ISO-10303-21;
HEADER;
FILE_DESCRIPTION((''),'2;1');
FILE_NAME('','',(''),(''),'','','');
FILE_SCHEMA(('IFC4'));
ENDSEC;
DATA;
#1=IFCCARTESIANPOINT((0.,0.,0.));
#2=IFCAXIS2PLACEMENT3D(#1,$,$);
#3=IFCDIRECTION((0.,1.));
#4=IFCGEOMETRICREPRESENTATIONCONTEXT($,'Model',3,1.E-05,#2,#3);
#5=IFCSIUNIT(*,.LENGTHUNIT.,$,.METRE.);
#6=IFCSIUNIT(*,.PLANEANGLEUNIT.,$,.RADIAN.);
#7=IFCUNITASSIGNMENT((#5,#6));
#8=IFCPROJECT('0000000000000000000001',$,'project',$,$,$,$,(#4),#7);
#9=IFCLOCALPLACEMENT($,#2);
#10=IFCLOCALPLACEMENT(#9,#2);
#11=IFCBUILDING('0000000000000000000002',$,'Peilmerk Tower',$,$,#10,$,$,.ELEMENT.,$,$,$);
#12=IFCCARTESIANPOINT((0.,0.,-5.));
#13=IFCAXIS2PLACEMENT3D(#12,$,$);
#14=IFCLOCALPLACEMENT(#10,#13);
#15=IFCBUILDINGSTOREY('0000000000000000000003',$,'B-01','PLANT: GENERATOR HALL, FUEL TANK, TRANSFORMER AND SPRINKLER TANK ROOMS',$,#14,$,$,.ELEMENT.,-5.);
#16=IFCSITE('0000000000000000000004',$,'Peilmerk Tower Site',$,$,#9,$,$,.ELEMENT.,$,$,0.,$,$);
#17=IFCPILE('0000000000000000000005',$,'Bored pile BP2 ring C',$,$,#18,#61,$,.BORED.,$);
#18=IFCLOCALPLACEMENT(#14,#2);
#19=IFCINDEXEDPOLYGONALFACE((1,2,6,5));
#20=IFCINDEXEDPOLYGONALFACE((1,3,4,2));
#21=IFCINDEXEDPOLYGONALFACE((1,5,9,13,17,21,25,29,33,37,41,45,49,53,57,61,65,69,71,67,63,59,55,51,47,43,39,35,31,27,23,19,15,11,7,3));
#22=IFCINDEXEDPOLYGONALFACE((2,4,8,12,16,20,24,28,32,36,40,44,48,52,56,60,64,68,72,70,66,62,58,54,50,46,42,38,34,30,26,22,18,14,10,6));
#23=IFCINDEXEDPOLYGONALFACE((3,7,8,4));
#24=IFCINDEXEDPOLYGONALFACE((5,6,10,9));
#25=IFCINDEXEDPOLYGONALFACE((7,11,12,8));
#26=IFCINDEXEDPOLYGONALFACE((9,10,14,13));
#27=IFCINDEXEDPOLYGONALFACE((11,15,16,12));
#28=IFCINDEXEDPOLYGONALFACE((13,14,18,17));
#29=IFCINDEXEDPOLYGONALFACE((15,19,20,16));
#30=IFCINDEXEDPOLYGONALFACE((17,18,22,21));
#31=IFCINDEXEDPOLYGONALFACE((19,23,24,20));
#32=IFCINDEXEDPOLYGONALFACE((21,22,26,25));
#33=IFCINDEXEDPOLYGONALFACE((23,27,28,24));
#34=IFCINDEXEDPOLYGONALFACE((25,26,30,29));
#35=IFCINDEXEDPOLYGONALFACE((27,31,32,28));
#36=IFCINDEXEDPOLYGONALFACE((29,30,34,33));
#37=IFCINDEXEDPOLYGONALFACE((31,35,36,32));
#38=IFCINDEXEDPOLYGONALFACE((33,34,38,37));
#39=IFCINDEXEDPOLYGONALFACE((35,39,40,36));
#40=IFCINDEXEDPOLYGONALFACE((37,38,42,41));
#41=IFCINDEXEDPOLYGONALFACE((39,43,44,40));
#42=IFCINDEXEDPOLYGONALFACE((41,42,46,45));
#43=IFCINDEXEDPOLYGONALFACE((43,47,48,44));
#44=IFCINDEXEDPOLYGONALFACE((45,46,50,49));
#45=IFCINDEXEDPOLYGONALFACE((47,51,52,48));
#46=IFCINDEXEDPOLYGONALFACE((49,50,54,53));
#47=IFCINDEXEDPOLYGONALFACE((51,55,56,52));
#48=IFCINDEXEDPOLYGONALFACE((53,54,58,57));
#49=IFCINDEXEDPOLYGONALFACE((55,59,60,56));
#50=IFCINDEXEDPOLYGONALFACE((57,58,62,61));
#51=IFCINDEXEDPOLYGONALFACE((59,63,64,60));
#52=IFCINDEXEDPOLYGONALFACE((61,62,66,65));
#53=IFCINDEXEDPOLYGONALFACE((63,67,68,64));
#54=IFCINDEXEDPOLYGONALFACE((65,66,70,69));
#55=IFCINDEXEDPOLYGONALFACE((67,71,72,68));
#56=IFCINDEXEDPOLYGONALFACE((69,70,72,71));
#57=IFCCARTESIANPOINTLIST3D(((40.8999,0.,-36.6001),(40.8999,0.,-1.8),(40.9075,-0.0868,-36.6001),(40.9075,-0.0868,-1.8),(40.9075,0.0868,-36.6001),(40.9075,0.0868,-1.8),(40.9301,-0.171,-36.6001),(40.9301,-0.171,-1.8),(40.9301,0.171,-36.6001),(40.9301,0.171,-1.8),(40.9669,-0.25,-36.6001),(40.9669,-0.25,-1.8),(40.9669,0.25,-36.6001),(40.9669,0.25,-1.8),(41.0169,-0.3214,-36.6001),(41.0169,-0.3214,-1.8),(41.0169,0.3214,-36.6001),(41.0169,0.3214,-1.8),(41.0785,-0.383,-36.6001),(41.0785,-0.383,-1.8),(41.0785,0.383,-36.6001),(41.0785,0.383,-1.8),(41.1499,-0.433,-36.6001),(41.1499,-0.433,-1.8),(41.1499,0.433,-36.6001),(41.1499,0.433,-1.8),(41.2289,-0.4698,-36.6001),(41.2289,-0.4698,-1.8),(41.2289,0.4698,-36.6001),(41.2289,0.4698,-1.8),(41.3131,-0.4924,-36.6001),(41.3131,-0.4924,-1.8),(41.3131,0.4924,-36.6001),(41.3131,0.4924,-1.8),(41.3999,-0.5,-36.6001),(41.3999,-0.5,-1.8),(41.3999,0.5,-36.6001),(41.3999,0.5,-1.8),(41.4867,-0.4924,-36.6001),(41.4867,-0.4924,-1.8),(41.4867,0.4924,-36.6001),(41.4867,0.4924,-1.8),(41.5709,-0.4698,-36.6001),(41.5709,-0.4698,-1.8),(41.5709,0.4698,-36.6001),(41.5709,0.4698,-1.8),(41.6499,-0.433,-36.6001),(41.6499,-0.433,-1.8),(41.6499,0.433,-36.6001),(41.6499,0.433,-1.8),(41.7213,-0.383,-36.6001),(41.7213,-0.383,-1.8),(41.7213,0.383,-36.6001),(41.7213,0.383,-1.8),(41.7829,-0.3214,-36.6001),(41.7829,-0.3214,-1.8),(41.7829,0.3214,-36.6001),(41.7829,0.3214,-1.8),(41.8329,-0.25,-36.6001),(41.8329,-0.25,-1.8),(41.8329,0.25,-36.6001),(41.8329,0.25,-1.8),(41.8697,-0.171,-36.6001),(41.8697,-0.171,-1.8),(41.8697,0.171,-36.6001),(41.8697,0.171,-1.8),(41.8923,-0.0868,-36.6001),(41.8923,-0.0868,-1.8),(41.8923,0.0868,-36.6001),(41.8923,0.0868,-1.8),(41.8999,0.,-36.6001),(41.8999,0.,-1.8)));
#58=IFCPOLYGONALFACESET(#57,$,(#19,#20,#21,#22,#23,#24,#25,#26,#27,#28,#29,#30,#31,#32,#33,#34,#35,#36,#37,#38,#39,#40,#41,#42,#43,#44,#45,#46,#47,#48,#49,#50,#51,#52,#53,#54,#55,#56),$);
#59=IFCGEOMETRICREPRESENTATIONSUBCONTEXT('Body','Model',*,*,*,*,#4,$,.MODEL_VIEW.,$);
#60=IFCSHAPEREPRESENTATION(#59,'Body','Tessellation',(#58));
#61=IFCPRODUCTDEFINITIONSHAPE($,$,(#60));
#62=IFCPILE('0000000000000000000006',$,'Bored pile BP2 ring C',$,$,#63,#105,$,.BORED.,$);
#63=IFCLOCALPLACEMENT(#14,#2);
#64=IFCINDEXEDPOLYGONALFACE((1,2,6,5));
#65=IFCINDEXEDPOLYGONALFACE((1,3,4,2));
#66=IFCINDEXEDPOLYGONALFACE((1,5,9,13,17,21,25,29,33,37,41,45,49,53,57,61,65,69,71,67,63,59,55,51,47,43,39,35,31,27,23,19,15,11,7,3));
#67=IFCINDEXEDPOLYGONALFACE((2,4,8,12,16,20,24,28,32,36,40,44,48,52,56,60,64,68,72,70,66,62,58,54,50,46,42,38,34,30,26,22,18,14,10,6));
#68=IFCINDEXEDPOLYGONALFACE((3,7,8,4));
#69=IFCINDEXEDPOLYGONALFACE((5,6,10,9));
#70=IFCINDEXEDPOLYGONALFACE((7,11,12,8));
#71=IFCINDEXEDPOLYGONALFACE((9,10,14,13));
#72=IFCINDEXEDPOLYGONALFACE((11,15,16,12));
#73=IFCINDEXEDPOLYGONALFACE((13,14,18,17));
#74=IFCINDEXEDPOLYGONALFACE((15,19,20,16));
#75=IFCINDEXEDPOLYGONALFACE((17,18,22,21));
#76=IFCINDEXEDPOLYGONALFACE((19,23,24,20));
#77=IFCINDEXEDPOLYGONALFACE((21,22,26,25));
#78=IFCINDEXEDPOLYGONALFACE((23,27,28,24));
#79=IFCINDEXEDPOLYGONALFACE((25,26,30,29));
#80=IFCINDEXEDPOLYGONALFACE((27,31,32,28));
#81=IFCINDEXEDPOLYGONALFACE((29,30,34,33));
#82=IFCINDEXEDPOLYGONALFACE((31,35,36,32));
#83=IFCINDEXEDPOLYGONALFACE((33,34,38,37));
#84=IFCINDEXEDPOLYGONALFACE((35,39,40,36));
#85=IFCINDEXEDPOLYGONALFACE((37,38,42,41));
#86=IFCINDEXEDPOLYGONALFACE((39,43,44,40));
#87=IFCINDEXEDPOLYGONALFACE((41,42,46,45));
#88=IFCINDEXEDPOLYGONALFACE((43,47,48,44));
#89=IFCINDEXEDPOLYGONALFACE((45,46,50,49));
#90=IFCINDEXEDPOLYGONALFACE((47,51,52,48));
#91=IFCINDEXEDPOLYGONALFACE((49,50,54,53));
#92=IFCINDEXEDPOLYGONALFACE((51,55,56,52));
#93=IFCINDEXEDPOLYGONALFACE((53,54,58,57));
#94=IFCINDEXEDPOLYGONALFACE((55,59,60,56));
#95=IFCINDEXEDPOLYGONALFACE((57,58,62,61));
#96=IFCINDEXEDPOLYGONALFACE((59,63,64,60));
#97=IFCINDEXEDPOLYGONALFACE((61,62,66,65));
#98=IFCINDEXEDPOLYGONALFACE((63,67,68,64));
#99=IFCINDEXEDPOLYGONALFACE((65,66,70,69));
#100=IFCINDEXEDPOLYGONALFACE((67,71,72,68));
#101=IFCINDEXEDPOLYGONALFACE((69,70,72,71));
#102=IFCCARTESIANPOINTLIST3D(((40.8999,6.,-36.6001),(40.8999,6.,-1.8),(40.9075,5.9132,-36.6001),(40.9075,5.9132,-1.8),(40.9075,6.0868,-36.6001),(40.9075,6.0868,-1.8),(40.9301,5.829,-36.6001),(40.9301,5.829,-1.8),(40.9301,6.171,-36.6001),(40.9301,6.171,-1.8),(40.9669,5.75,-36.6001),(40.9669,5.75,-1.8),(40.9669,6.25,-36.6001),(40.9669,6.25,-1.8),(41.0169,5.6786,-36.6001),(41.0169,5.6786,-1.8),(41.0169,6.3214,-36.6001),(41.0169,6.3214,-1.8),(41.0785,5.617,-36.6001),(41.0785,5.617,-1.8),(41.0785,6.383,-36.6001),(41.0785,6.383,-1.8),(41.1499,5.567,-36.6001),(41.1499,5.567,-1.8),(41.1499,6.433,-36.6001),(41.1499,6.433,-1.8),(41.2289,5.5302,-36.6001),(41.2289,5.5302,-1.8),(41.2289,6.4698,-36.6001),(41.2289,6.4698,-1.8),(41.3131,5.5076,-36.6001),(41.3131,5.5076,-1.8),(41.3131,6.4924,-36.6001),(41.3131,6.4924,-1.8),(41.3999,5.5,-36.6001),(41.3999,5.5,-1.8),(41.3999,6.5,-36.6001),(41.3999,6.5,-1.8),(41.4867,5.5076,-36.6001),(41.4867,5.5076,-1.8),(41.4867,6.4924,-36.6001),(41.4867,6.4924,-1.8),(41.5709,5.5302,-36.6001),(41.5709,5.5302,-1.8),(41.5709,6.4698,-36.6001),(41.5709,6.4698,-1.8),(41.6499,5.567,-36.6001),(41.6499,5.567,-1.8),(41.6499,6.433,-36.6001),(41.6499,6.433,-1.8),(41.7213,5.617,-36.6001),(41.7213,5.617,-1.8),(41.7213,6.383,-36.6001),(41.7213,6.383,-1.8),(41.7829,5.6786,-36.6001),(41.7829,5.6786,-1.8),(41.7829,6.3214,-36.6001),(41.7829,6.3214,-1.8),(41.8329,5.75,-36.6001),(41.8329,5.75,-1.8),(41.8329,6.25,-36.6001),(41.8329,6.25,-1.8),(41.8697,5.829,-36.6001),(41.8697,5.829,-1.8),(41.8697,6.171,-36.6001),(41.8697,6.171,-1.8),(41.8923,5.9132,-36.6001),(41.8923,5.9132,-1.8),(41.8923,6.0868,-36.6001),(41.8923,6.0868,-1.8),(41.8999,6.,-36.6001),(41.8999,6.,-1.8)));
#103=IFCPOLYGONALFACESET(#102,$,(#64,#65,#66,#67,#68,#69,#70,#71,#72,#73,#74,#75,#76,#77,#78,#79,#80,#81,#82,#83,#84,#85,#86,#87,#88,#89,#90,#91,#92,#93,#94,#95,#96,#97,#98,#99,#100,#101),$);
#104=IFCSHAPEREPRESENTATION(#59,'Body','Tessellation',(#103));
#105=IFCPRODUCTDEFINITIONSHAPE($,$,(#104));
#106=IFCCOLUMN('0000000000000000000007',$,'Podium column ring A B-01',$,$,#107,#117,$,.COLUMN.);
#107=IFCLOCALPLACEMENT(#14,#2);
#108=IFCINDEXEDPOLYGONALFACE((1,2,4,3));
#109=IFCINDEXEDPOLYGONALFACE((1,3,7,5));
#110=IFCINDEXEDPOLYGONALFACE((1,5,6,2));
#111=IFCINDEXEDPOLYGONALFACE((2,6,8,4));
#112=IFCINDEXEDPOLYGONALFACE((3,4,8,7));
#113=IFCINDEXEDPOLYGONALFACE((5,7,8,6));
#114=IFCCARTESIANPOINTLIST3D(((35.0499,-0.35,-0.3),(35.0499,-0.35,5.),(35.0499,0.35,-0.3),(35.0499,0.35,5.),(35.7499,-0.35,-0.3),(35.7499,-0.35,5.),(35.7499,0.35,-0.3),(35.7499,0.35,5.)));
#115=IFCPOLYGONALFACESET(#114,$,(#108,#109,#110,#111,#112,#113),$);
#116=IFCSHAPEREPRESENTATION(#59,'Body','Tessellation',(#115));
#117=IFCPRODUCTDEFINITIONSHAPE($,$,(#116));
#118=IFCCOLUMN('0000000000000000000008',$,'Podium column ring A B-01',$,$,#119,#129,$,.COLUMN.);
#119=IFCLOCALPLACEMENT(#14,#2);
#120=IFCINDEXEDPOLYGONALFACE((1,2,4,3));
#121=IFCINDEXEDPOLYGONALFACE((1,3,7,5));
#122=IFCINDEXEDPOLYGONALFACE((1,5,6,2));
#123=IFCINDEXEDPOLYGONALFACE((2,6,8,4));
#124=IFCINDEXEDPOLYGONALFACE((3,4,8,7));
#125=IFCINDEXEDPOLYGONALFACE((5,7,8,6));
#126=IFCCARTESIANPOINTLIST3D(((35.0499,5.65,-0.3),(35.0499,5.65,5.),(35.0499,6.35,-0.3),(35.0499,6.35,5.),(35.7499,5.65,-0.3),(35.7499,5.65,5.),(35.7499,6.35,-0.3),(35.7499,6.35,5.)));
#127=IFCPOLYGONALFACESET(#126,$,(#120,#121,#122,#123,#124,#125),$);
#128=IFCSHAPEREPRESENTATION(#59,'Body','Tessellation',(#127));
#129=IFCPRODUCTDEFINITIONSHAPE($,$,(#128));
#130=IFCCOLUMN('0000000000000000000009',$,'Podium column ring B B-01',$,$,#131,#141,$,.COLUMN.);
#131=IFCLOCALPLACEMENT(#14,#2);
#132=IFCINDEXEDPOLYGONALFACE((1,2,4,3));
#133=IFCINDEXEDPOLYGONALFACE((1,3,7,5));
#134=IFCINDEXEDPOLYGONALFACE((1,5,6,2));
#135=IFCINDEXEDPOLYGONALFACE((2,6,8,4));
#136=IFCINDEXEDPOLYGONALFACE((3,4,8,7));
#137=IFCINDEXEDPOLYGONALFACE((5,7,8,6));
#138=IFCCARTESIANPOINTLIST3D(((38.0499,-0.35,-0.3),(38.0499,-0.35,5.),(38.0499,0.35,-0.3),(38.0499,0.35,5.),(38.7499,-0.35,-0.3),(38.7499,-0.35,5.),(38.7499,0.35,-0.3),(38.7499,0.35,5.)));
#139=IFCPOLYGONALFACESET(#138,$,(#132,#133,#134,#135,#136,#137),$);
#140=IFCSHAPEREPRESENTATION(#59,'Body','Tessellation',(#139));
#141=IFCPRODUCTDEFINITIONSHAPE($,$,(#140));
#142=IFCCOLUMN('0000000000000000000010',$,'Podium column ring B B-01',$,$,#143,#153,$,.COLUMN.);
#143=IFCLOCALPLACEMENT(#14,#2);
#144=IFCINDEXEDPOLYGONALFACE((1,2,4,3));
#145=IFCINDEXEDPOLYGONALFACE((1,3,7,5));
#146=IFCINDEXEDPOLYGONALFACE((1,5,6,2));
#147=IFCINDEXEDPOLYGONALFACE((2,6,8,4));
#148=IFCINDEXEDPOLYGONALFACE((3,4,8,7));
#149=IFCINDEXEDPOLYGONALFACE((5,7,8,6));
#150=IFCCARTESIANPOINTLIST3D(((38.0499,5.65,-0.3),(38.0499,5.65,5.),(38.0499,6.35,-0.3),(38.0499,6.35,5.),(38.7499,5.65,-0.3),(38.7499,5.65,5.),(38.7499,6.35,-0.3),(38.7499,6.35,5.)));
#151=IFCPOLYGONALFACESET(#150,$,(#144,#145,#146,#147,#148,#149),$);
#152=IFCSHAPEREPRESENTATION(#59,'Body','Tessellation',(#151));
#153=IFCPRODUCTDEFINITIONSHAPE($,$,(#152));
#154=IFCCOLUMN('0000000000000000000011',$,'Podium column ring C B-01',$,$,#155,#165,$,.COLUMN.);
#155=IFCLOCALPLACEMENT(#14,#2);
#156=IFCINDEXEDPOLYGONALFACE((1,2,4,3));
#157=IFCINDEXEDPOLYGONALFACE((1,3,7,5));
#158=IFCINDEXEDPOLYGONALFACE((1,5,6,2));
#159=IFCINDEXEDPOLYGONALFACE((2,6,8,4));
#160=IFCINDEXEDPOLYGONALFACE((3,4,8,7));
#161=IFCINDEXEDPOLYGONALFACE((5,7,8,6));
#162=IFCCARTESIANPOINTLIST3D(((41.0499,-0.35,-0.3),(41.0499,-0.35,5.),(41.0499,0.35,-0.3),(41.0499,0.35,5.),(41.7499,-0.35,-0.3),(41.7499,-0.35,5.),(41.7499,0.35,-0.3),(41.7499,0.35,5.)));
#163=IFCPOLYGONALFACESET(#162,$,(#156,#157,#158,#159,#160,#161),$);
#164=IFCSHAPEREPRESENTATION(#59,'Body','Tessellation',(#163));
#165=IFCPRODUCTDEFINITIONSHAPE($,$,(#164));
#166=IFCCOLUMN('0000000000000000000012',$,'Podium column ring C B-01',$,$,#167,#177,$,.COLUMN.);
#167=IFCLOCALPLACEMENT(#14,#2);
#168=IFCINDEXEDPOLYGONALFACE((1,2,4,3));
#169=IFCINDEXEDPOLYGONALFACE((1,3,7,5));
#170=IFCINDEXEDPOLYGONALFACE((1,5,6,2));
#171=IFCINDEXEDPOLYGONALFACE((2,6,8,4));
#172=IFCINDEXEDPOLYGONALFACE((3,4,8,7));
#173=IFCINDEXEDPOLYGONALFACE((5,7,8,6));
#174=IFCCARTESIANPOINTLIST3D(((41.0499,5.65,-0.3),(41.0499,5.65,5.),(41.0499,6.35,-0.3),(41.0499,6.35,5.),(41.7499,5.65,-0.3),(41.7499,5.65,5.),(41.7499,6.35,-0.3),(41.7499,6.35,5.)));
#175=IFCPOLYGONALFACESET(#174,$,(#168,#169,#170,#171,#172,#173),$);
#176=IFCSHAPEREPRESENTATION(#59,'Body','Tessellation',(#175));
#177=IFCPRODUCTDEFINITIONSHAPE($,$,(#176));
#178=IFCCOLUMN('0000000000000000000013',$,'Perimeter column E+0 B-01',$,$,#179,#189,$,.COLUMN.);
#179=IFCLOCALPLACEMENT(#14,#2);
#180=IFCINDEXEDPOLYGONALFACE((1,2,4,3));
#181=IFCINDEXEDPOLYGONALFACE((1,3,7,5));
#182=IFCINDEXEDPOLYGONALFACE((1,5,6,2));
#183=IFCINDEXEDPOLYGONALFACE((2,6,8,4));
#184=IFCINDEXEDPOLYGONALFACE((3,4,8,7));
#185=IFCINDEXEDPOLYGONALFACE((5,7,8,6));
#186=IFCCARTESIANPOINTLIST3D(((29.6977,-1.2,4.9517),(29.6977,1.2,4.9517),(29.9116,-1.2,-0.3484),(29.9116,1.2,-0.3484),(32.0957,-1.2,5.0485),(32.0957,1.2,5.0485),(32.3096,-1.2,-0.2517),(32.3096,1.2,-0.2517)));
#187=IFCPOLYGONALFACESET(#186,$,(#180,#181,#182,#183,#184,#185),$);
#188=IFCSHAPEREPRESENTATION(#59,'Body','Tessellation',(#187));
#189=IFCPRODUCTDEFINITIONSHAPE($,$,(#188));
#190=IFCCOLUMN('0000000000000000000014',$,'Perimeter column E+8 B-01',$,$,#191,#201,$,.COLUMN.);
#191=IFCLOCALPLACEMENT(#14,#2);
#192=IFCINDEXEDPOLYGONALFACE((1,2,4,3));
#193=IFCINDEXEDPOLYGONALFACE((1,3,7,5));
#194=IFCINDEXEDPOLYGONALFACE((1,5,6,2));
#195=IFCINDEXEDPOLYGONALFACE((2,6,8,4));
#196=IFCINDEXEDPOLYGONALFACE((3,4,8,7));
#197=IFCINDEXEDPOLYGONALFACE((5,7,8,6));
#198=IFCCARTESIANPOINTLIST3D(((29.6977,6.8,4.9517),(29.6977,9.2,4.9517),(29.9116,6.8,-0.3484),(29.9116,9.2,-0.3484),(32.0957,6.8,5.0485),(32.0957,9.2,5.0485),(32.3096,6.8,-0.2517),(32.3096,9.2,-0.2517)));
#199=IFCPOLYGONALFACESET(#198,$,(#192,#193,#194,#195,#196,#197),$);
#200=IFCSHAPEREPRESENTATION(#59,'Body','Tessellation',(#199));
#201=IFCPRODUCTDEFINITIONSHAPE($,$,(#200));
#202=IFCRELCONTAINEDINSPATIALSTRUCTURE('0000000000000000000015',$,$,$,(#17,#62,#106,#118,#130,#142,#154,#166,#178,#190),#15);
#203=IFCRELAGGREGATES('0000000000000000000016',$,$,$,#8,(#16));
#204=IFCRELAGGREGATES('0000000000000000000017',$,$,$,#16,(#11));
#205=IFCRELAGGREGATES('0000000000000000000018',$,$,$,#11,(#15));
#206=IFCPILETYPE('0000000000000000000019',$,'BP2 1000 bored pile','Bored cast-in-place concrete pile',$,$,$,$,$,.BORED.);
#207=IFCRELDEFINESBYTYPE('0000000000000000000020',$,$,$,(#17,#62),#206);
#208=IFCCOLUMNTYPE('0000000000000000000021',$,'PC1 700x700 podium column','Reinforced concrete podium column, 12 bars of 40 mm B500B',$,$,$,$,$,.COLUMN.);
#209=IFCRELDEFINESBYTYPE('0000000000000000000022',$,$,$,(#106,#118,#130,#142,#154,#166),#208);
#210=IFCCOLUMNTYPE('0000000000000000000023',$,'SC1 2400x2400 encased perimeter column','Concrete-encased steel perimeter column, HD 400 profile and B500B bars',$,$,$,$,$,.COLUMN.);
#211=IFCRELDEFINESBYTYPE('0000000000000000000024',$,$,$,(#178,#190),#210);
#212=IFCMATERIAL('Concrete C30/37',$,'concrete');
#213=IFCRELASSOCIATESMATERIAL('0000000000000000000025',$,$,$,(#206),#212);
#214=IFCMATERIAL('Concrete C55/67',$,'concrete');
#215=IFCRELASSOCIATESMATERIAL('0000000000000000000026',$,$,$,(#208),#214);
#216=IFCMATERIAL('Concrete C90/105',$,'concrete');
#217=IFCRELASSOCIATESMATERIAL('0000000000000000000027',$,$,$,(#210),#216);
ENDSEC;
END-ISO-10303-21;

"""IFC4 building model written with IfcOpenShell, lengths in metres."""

from ifc_helpers import new_model, si_unit, direction, frame, origin, origin_2d, place, context, subcontext, project, spatial, rectangle, circle, extrude, material, material_profile, profile_set, type_object, element, save


model = new_model("IFC4")

# Units and contexts
model_context = context("Model", 3, precision=1e-05, world=origin(), true_north=direction((0.0, 1.0)))
body_context = subcontext(model_context, "Body", "Model", "MODEL_VIEW")
ifc_project = project(units=[si_unit("LENGTHUNIT", "METRE"), si_unit("PLANEANGLEUNIT", "RADIAN")], contexts=[model_context])

# Site, building, storey
site_placement = place(None, origin())
site = spatial("IfcSite", under=ifc_project, at=site_placement, Name="Peilmerk Tower Site", CompositionType="ELEMENT", RefElevation=0.0)
building_placement = place(site_placement, origin())
building = spatial("IfcBuilding", under=site, at=building_placement, Name="Peilmerk Tower", CompositionType="ELEMENT")
storey_placement = place(building_placement, frame((0.0, 0.0, -5.0)))
storey = spatial("IfcBuildingStorey", under=building, at=storey_placement, Name="B-01", Description="PLANT: GENERATOR HALL, FUEL TANK, TRANSFORMER AND SPRINKLER TANK ROOMS", CompositionType="ELEMENT", Elevation=-5.0)

# Piles
ifc_material_1 = material(Name="Concrete C30/37", Category="concrete")
ifc_material_profile_1 = material_profile(ifc_material_1, circle(Radius=0.5, at=origin_2d()), Name="BP 1000")
ifc_profile_set_1 = profile_set([ifc_material_profile_1], Name="Concrete C30/37")
pile_type_1 = type_object("IfcPileType", Name="BP2 1000 bored pile", Description="Bored cast-in-place concrete pile", PredefinedType="BORED", material=ifc_profile_set_1)
for number, where, z_axis, x_axis, name in (
    (1, (41.3999, 0.0, -1.8), (0.0, 0.0, -1.0), (1.0, 0.0, 0.0), "Bored pile BP2 ring C"),
    (2, (41.3999, 6.0, -1.8), (0.0, 0.0, -1.0), (1.0, 0.0, 0.0), "Bored pile BP2 ring C"),
):
    element("IfcPile", number, at=place(storey_placement, frame(where, z_axis=z_axis, x_axis=x_axis)), inside=storey, type_object=pile_type_1, Name=name, PredefinedType="BORED", context=body_context, shape_type="SweptSolid", body=[
        extrude(circle(Radius=0.5, at=origin_2d()), origin(), (0.0, 0.0, 1.0), 34.8),
    ])

# Columns
ifc_material_2 = material(Name="Concrete C55/67", Category="concrete")
ifc_material_profile_2 = material_profile(ifc_material_2, rectangle(XDim=0.7, YDim=0.7, at=origin_2d()), Name="RC 700x700")
ifc_profile_set_2 = profile_set([ifc_material_profile_2], Name="Concrete C55/67")
column_type_1 = type_object("IfcColumnType", Name="PC1 700x700 podium column", Description="Reinforced concrete podium column, 12 bars of 40 mm B500B", PredefinedType="COLUMN", material=ifc_profile_set_2)
for number, where, z_axis, x_axis, name in (
    (3, (35.3999, 0.0, -0.3), (0.0, 0.0, 1.0), (1.0, 0.0, 0.0), "Podium column ring A B-01"),
    (4, (35.3999, 6.0, -0.3), (0.0, 0.0, 1.0), (1.0, 0.0, 0.0), "Podium column ring A B-01"),
    (5, (38.3999, 0.0, -0.3), (0.0, 0.0, 1.0), (1.0, 0.0, 0.0), "Podium column ring B B-01"),
    (6, (38.3999, 6.0, -0.3), (0.0, 0.0, 1.0), (1.0, 0.0, 0.0), "Podium column ring B B-01"),
    (7, (41.3999, 0.0, -0.3), (0.0, 0.0, 1.0), (1.0, 0.0, 0.0), "Podium column ring C B-01"),
    (8, (41.3999, 6.0, -0.3), (0.0, 0.0, 1.0), (1.0, 0.0, 0.0), "Podium column ring C B-01"),
):
    element("IfcColumn", number, at=place(storey_placement, frame(where, z_axis=z_axis, x_axis=x_axis)), inside=storey, type_object=column_type_1, Name=name, PredefinedType="COLUMN", context=body_context, shape_type="SweptSolid", body=[
        extrude(rectangle(XDim=0.7, YDim=0.7, at=origin_2d()), origin(), (0.0, 0.0, 1.0), 5.3),
    ])
ifc_material_3 = material(Name="Concrete C90/105", Category="concrete")
ifc_material_profile_3 = material_profile(ifc_material_3, rectangle(XDim=2.3999, YDim=2.3999, at=origin_2d()), Name="RC 2400x2400")
ifc_profile_set_3 = profile_set([ifc_material_profile_3], Name="Concrete C90/105")
column_type_2 = type_object("IfcColumnType", Name="SC1 2400x2400 encased perimeter column", Description="Concrete-encased steel perimeter column, HD 400 profile and B500B bars", PredefinedType="COLUMN", material=ifc_profile_set_3)
for number, where, z_axis, x_axis, name in (
    (9, (31.1106, 0.0, -0.3), (-0.040319, 0.0, 0.999187), (0.0, -1.0, 0.0), "Perimeter column E+0 B-01"),
    (10, (31.1106, 8.0, -0.3), (-0.040319, 0.0, 0.999187), (0.0, -1.0, 0.0), "Perimeter column E+8 B-01"),
):
    element("IfcColumn", number, at=place(storey_placement, frame(where, z_axis=z_axis, x_axis=x_axis)), inside=storey, type_object=column_type_2, Name=name, PredefinedType="COLUMN", context=body_context, shape_type="SweptSolid", body=[
        extrude(rectangle(XDim=2.3999, YDim=2.3999, at=origin_2d()), origin(), (0.0, 0.0, 1.0), 5.3044),
    ])

save(model, "model.ifc")
